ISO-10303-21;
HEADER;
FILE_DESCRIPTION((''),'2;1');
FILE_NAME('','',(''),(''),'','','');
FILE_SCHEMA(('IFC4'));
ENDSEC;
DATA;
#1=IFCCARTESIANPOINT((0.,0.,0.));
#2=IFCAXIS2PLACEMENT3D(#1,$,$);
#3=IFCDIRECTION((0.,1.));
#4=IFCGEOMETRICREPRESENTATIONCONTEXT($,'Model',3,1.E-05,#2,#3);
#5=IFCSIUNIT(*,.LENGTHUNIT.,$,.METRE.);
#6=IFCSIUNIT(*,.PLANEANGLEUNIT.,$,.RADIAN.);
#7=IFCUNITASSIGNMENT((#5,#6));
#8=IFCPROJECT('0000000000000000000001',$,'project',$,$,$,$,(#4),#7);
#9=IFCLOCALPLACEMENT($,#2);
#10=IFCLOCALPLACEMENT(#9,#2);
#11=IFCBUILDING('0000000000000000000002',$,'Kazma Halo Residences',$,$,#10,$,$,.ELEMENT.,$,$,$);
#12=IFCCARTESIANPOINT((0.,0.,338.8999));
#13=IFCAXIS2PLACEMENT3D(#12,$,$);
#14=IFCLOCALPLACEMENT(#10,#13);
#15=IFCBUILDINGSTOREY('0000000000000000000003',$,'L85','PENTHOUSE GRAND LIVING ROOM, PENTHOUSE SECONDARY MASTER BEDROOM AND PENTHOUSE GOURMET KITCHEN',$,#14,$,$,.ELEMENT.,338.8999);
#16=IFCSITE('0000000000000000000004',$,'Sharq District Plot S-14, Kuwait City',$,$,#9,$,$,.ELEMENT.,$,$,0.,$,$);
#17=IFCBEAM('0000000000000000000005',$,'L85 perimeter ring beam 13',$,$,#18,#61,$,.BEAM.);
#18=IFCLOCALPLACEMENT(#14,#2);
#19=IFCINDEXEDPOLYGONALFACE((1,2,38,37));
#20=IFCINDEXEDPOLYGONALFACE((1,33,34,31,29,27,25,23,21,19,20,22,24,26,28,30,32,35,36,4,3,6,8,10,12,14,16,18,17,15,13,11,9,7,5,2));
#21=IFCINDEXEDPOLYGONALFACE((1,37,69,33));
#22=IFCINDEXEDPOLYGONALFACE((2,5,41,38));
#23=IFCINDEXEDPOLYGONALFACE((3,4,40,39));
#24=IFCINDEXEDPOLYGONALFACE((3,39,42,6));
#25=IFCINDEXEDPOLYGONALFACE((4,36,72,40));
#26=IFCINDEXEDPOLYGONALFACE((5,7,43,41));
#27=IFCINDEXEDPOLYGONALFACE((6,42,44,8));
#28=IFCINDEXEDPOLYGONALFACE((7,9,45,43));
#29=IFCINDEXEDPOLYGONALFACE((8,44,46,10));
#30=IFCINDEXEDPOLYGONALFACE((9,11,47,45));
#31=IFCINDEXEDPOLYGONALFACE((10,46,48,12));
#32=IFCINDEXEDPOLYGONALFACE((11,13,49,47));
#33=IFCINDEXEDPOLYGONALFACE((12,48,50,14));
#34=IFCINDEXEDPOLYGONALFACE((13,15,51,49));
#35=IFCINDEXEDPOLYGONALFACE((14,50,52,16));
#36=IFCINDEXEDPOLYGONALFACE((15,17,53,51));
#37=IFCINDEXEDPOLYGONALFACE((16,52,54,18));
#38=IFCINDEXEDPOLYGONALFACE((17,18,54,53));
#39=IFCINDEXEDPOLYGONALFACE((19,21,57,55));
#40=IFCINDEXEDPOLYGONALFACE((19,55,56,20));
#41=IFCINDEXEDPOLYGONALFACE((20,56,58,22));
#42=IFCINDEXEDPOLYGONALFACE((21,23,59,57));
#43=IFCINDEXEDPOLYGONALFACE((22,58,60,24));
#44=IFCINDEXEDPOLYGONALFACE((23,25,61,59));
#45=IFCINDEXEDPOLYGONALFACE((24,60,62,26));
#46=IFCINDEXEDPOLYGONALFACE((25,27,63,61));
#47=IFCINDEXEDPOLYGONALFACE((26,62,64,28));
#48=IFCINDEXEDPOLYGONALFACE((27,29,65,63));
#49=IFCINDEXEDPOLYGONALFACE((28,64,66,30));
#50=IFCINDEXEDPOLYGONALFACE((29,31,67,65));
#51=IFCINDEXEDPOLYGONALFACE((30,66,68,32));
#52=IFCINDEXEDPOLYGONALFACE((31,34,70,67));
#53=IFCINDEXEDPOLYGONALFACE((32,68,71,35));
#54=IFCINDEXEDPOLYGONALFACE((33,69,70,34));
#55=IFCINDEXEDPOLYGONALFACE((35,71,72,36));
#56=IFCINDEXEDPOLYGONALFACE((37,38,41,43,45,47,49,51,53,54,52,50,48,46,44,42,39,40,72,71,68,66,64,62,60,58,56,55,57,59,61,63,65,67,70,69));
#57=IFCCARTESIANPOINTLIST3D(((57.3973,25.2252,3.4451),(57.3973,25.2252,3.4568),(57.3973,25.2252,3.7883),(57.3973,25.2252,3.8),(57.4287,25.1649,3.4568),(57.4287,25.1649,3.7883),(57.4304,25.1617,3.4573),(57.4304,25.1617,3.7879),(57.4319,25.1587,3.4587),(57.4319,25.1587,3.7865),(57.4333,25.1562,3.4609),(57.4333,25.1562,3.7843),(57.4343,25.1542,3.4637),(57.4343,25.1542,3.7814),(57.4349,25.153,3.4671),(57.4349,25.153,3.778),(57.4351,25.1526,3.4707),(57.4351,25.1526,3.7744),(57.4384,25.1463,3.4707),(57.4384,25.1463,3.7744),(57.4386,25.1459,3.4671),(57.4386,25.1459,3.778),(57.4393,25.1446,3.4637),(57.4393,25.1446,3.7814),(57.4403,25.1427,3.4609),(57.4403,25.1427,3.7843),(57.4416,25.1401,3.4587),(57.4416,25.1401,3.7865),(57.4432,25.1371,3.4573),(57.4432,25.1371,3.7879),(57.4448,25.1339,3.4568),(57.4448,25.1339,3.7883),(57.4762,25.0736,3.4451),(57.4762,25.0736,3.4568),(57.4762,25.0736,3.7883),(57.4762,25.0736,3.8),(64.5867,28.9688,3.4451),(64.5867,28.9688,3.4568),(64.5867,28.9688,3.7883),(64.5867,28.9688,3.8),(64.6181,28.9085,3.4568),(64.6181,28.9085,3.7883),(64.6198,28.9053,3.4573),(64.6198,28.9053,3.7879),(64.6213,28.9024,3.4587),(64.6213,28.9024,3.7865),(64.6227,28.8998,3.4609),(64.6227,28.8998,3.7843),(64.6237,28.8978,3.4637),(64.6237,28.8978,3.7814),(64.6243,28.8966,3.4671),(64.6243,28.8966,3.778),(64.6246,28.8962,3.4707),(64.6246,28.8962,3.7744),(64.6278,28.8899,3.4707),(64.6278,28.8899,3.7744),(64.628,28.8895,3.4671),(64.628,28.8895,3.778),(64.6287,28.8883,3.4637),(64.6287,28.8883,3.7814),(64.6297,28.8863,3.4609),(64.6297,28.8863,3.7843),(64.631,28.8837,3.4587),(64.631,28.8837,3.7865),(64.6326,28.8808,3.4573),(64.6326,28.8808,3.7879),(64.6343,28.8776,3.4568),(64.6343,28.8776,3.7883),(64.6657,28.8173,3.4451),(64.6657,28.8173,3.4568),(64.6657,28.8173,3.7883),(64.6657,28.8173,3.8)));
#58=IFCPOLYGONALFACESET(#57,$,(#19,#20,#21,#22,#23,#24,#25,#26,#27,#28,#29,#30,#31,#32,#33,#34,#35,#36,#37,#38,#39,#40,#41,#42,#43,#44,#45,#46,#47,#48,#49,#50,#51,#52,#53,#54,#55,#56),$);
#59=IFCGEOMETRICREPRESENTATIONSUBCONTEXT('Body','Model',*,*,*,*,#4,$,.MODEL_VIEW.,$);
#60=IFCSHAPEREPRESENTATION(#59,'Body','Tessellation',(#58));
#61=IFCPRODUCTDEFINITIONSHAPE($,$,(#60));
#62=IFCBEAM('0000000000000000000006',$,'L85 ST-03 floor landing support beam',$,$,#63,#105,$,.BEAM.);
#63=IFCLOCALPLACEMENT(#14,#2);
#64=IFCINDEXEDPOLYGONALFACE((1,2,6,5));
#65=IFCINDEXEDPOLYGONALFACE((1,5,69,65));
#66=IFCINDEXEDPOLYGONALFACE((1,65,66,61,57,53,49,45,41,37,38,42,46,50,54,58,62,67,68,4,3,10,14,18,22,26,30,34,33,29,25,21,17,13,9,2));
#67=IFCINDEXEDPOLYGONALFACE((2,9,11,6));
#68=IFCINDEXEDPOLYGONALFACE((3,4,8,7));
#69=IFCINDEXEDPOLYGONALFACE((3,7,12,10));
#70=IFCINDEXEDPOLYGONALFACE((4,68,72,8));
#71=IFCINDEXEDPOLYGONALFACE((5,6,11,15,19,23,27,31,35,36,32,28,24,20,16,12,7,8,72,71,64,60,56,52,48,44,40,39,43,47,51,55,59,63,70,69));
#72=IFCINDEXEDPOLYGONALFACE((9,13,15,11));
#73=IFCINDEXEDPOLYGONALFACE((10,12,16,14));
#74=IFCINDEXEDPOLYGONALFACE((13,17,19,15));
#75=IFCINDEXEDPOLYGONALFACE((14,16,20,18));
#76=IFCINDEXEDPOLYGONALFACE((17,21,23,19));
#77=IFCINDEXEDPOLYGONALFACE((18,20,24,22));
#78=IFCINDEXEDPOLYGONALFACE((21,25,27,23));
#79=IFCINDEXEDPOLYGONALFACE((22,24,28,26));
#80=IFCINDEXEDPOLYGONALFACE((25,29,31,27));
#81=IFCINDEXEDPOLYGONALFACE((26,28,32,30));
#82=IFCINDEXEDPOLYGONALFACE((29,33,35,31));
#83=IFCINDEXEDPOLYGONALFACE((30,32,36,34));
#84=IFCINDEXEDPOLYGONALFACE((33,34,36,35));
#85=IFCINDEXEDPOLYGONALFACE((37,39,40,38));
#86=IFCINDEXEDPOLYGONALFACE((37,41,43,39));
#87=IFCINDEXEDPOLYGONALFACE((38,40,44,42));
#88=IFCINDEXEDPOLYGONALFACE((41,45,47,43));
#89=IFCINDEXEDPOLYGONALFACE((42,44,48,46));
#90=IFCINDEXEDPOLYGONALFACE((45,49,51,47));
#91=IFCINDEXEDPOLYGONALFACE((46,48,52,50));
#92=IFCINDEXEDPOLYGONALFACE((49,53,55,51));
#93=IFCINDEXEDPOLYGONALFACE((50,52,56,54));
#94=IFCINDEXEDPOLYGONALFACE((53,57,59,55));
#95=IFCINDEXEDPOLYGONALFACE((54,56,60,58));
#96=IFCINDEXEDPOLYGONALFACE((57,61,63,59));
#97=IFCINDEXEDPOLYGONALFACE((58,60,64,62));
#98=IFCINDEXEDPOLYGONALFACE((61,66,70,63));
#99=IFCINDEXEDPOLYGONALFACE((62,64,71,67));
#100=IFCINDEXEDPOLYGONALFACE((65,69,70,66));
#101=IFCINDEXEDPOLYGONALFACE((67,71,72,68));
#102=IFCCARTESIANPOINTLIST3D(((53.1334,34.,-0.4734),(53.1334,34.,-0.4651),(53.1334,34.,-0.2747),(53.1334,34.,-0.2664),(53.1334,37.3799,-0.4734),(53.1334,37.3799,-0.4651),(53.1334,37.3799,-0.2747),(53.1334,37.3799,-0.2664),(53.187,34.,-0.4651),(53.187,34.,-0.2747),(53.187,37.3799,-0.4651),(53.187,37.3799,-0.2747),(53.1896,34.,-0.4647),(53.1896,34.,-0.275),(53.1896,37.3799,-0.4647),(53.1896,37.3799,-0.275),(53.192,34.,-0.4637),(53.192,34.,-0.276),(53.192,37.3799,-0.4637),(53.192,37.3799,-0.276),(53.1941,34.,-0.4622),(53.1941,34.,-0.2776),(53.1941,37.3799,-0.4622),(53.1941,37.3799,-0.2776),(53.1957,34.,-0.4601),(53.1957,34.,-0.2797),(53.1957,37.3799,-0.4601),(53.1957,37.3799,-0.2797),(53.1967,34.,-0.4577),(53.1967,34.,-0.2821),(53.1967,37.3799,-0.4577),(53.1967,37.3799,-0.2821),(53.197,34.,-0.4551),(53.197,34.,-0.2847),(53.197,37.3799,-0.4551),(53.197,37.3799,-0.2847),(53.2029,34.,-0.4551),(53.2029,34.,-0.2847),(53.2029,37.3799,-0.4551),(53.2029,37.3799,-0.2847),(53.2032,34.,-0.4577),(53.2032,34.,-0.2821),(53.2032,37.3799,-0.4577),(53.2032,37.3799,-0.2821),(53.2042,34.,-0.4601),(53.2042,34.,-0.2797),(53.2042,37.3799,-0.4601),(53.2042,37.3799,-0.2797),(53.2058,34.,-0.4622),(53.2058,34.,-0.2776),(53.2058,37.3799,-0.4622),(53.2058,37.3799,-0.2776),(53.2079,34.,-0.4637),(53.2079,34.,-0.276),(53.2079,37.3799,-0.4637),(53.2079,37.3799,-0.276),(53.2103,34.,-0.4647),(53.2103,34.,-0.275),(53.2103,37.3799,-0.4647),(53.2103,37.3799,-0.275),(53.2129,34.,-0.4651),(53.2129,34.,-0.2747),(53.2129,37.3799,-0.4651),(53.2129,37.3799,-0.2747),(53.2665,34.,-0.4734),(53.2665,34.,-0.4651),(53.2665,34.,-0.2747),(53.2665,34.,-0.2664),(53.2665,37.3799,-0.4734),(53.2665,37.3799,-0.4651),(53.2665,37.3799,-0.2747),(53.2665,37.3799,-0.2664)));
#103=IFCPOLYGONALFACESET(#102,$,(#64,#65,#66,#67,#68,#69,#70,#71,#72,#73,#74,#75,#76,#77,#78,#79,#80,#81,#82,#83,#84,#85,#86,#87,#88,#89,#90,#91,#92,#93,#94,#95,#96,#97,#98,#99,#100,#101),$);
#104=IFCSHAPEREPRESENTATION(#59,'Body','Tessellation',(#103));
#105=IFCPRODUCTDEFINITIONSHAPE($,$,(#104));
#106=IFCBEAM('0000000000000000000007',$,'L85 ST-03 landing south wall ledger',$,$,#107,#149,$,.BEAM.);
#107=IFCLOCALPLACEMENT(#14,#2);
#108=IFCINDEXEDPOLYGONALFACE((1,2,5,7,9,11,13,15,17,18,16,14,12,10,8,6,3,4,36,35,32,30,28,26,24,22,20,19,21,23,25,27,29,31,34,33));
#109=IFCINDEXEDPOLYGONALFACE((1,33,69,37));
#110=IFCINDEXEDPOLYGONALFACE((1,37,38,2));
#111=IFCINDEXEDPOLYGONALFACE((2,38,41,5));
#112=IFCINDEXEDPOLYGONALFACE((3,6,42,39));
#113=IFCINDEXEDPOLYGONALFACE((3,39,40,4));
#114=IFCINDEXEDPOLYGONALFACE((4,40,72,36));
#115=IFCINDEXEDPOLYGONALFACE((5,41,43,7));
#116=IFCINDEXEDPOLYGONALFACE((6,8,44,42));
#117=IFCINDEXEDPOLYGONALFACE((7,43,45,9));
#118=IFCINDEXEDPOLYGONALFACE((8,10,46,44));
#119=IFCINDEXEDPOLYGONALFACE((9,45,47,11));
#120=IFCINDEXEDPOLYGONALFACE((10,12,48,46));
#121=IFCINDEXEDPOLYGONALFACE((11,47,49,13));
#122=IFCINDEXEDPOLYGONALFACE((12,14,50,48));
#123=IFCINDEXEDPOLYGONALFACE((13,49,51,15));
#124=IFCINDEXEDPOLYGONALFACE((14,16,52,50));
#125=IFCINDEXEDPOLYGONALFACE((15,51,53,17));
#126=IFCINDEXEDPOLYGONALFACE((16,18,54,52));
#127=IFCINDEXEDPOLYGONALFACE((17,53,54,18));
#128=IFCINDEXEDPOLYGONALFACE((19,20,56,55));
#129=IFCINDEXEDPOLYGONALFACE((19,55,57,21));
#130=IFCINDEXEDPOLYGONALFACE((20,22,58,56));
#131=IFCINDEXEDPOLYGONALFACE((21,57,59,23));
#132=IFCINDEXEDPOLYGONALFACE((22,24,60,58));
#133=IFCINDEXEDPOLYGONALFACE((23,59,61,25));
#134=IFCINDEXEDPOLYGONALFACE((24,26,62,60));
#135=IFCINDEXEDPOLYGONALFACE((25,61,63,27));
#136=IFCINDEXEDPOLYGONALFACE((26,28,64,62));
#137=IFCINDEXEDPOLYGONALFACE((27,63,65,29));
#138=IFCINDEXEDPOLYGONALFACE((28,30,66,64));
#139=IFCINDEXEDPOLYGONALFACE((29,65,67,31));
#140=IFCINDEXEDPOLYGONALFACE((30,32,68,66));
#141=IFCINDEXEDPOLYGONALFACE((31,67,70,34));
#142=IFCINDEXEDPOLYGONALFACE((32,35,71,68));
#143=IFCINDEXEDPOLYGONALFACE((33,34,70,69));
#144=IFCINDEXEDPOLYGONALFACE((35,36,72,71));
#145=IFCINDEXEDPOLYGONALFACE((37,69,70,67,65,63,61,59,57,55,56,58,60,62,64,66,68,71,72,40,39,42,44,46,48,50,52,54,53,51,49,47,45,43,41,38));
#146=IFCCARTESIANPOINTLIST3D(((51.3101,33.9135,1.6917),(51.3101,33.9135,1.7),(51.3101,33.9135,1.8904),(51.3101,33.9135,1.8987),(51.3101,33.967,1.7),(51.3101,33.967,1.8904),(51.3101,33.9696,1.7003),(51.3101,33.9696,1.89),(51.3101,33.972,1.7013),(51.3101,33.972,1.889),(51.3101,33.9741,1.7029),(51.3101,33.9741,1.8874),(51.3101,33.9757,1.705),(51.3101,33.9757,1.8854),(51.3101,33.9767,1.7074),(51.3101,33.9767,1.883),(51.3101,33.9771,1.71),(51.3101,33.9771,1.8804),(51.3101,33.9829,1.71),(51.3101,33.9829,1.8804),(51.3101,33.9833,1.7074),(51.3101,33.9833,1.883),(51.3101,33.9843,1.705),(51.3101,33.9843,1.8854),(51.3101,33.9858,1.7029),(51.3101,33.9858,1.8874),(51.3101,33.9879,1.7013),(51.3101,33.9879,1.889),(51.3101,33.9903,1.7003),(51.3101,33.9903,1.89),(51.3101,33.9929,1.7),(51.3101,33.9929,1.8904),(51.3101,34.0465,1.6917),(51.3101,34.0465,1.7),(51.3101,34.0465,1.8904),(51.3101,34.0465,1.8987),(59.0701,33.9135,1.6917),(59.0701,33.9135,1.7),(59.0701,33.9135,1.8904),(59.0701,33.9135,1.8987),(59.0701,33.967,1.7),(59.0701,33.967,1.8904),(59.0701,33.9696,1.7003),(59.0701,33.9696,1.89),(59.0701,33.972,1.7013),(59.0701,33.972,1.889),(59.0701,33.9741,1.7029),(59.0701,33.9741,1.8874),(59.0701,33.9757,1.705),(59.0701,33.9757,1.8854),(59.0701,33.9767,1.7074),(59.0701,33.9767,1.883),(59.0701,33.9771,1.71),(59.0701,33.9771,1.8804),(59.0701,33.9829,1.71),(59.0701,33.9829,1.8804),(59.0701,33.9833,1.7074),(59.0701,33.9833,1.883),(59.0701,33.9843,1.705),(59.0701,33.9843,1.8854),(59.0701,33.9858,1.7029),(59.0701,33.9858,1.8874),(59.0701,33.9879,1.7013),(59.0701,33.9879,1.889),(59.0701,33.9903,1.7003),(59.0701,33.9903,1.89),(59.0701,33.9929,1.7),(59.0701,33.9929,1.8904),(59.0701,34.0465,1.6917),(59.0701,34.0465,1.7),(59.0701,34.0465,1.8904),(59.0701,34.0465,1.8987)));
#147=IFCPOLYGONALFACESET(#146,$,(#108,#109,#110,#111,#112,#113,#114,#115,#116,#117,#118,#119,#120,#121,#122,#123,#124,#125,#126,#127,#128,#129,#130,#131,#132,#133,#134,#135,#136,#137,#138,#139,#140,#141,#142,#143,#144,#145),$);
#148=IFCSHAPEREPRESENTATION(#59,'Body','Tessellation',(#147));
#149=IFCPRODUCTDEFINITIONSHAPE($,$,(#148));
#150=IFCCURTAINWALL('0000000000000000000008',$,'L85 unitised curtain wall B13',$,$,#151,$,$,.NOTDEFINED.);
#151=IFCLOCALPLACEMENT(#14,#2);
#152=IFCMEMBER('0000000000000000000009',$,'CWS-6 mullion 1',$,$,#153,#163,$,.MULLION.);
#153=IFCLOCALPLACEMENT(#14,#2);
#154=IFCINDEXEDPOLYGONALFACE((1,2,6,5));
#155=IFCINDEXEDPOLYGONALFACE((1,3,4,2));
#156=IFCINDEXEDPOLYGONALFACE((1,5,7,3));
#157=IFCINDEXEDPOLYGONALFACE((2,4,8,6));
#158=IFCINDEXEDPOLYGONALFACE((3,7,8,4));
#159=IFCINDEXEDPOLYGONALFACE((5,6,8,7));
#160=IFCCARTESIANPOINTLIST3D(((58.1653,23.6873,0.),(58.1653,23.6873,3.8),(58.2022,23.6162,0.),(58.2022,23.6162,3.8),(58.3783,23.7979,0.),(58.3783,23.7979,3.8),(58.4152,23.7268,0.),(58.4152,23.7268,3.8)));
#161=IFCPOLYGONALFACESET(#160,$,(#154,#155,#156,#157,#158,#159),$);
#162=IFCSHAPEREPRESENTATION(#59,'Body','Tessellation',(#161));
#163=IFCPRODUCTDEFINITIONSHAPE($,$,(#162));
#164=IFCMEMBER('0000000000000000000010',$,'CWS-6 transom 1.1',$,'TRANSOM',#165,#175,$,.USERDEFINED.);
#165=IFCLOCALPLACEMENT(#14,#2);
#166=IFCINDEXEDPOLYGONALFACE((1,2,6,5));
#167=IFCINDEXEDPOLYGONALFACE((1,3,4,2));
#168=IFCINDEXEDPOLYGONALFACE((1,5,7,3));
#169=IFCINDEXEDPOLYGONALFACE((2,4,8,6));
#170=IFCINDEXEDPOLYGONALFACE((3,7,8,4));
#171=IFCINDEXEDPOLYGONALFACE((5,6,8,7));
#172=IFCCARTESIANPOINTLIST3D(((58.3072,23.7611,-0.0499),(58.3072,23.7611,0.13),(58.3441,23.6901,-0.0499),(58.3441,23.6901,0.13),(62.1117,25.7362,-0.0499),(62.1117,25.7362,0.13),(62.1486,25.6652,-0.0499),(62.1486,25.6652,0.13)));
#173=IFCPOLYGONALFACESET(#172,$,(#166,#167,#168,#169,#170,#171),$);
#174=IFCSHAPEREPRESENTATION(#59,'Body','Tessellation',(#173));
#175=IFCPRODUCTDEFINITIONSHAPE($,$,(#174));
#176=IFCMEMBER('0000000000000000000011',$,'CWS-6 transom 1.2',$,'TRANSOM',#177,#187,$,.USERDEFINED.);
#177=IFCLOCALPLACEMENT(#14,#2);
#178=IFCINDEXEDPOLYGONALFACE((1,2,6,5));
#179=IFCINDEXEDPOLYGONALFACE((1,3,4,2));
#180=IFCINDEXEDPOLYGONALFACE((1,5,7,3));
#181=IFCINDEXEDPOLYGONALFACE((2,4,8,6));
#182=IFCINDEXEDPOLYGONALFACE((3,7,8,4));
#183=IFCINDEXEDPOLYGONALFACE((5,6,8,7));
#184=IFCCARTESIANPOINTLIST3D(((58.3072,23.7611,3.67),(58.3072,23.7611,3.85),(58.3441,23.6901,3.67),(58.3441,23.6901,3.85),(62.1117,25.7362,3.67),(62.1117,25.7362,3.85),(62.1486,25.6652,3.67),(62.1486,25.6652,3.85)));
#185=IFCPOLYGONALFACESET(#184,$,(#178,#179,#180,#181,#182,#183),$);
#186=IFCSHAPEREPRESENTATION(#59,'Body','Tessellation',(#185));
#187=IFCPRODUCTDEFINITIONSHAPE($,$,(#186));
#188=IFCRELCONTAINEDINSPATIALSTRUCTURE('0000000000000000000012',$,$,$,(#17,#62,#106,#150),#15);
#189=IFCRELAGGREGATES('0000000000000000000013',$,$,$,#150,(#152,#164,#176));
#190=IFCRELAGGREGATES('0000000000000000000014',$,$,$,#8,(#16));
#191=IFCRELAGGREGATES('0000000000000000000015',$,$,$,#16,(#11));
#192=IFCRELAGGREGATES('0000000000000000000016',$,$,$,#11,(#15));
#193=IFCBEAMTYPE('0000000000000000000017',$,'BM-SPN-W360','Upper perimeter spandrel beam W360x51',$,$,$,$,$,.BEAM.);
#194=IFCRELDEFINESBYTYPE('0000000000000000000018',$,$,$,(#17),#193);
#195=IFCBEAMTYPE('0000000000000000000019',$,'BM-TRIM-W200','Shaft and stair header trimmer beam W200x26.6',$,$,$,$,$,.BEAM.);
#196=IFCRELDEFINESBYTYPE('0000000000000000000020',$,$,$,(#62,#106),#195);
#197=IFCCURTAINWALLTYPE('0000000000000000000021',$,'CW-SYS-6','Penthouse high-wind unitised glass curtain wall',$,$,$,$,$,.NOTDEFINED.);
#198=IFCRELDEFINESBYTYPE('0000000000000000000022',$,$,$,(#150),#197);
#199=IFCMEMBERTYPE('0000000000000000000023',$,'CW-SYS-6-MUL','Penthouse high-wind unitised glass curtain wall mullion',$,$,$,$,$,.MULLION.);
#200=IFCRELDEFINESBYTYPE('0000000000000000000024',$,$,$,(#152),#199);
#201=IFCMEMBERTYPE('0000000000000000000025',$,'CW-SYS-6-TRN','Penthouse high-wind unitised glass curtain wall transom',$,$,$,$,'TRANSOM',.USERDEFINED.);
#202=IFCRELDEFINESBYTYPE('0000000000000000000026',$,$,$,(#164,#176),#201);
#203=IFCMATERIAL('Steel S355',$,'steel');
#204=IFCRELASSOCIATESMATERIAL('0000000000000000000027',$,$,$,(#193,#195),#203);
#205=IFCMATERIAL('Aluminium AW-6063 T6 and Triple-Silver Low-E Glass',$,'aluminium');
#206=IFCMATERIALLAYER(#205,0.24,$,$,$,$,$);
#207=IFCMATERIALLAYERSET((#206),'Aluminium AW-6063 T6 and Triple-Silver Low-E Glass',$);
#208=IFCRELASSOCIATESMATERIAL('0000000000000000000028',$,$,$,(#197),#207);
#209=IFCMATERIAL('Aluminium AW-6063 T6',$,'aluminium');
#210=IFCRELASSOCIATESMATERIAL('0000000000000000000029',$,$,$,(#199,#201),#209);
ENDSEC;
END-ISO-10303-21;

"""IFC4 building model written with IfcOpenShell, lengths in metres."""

from ifc_helpers import new_model, si_unit, direction, frame, origin, origin_2d, place, context, subcontext, project, spatial, rectangle, i_section, extrude, material, layer, layer_set, material_profile, profile_set, type_object, element, aggregate, save


model = new_model("IFC4")

# Units and contexts
model_context = context("Model", 3, precision=1e-05, world=origin(), true_north=direction((0.0, 1.0)))
body_context = subcontext(model_context, "Body", "Model", "MODEL_VIEW")
ifc_project = project(units=[si_unit("LENGTHUNIT", "METRE"), si_unit("PLANEANGLEUNIT", "RADIAN")], contexts=[model_context])

# Site, building, storey
site_placement = place(None, origin())
site = spatial("IfcSite", under=ifc_project, at=site_placement, Name="Sharq District Plot S-14, Kuwait City", CompositionType="ELEMENT", RefElevation=0.0)
building_placement = place(site_placement, origin())
building = spatial("IfcBuilding", under=site, at=building_placement, Name="Kazma Halo Residences", CompositionType="ELEMENT")
storey_placement = place(building_placement, frame((0.0, 0.0, 338.8999)))
storey = spatial("IfcBuildingStorey", under=building, at=storey_placement, Name="L85", Description="PENTHOUSE GRAND LIVING ROOM, PENTHOUSE SECONDARY MASTER BEDROOM AND PENTHOUSE GOURMET KITCHEN", CompositionType="ELEMENT", Elevation=338.8999)

# Beams
ifc_material_1 = material(Name="Steel S355", Category="steel")
ifc_material_profile_1 = material_profile(ifc_material_1, i_section(OverallWidth=0.1709, OverallDepth=0.355, WebThickness=0.0071, FlangeThickness=0.0117, FilletRadius=0.0139, at=origin_2d()), Name="W360x51")
ifc_profile_set_1 = profile_set([ifc_material_profile_1], Name="Steel S355")
beam_type_1 = type_object("IfcBeamType", Name="BM-SPN-W360", Description="Upper perimeter spandrel beam W360x51", PredefinedType="BEAM", material=ifc_profile_set_1)
beam_1_placement = place(storey_placement, frame((57.4368, 25.1494, 3.6226), z_axis=(0.886957, 0.461851, 0.0), x_axis=(-0.461851, 0.886957, 0.0)))
element("IfcBeam", 1, at=beam_1_placement, inside=storey, type_object=beam_type_1, Name="L85 perimeter ring beam 13", PredefinedType="BEAM", context=body_context, shape_type="SweptSolid", body=[
    extrude(i_section(OverallWidth=0.1709, OverallDepth=0.355, WebThickness=0.0071, FlangeThickness=0.0117, FilletRadius=0.0139, at=origin_2d()), origin(), (0.0, 0.0, 1.0), 8.1057),
])
ifc_material_profile_2 = material_profile(ifc_material_1, i_section(OverallWidth=0.1331, OverallDepth=0.207, WebThickness=0.0059, FlangeThickness=0.0083, FilletRadius=0.01, at=origin_2d()), Name="W200x26.6")
ifc_profile_set_2 = profile_set([ifc_material_profile_2], Name="Steel S355")
beam_type_2 = type_object("IfcBeamType", Name="BM-TRIM-W200", Description="Shaft and stair header trimmer beam W200x26.6", PredefinedType="BEAM", material=ifc_profile_set_2)
beam_2_placement = place(storey_placement, frame((53.2, 34.0, -0.3699), z_axis=(0.0, 1.0, 0.0), x_axis=(-1.0, 0.0, 0.0)))
element("IfcBeam", 2, at=beam_2_placement, inside=storey, type_object=beam_type_2, Name="L85 ST-03 floor landing support beam", PredefinedType="BEAM", context=body_context, shape_type="SweptSolid", body=[
    extrude(i_section(OverallWidth=0.1331, OverallDepth=0.207, WebThickness=0.0059, FlangeThickness=0.0083, FilletRadius=0.01, at=origin_2d()), origin(), (0.0, 0.0, 1.0), 3.3799),
])
beam_3_placement = place(storey_placement, frame((51.3101, 33.98, 1.7952), z_axis=(1.0, 0.0, 0.0), x_axis=(0.0, 1.0, 0.0)))
element("IfcBeam", 3, at=beam_3_placement, inside=storey, type_object=beam_type_2, Name="L85 ST-03 landing south wall ledger", PredefinedType="BEAM", context=body_context, shape_type="SweptSolid", body=[
    extrude(i_section(OverallWidth=0.1331, OverallDepth=0.207, WebThickness=0.0059, FlangeThickness=0.0083, FilletRadius=0.01, at=origin_2d()), origin(), (0.0, 0.0, 1.0), 7.76),
])

# Curtain wall, members
ifc_material_2 = material(Name="Aluminium AW-6063 T6 and Triple-Silver Low-E Glass", Category="aluminium")
ifc_layer_1 = layer(ifc_material_2, 0.24)
ifc_layer_set_1 = layer_set([ifc_layer_1], Name="Aluminium AW-6063 T6 and Triple-Silver Low-E Glass")
curtain_wall_type = type_object("IfcCurtainWallType", Name="CW-SYS-6", Description="Penthouse high-wind unitised glass curtain wall", PredefinedType="NOTDEFINED", material=ifc_layer_set_1)
curtain_wall_placement = place(storey_placement, origin())
curtain_wall = element("IfcCurtainWall", 4, at=curtain_wall_placement, inside=storey, type_object=curtain_wall_type, Name="L85 unitised curtain wall B13", PredefinedType="NOTDEFINED")
ifc_material_3 = material(Name="Aluminium AW-6063 T6", Category="aluminium")
ifc_material_profile_3 = material_profile(ifc_material_3, rectangle(XDim=0.0801, YDim=0.24, at=origin_2d()), Name="CWM-80x240")
ifc_profile_set_3 = profile_set([ifc_material_profile_3], Name="Aluminium AW-6063 T6")
member_type_1 = type_object("IfcMemberType", Name="CW-SYS-6-MUL", Description="Penthouse high-wind unitised glass curtain wall mullion", PredefinedType="MULLION", material=ifc_profile_set_3)
member_1_placement = place(storey_placement, frame((58.2903, 23.707, 0.0), z_axis=(0.0, 0.0, 1.0), x_axis=(-0.460796, 0.887506, 0.0)))
member_1 = element("IfcMember", 5, at=member_1_placement, type_object=member_type_1, Name="CWS-6 mullion 1", PredefinedType="MULLION", context=body_context, shape_type="SweptSolid", body=[
    extrude(rectangle(XDim=0.0801, YDim=0.24, at=origin_2d()), origin(), (0.0, 0.0, 1.0), 3.8),
])
ifc_material_profile_4 = material_profile(ifc_material_3, rectangle(XDim=0.0801, YDim=0.1799, at=origin_2d()), Name="CWT-80x180")
ifc_profile_set_4 = profile_set([ifc_material_profile_4], Name="Aluminium AW-6063 T6")
member_type_2 = type_object("IfcMemberType", Name="CW-SYS-6-TRN", Description="Penthouse high-wind unitised glass curtain wall transom", ElementType="TRANSOM", PredefinedType="USERDEFINED", material=ifc_profile_set_4)
member_2_placement = place(storey_placement, frame((58.3257, 23.7256, 0.04), z_axis=(0.887523, 0.460763, 0.0), x_axis=(-0.460763, 0.887523, 0.0)))
member_2 = element("IfcMember", 6, at=member_2_placement, type_object=member_type_2, Name="CWS-6 transom 1.1", ObjectType="TRANSOM", PredefinedType="USERDEFINED", context=body_context, shape_type="SweptSolid", body=[
    extrude(rectangle(XDim=0.0801, YDim=0.1799, at=origin_2d()), origin(), (0.0, 0.0, 1.0), 4.2866),
])
member_3_placement = place(storey_placement, frame((58.3257, 23.7256, 3.76), z_axis=(0.887523, 0.460763, 0.0), x_axis=(-0.460763, 0.887523, 0.0)))
member_3 = element("IfcMember", 7, at=member_3_placement, type_object=member_type_2, Name="CWS-6 transom 1.2", ObjectType="TRANSOM", PredefinedType="USERDEFINED", context=body_context, shape_type="SweptSolid", body=[
    extrude(rectangle(XDim=0.0801, YDim=0.1799, at=origin_2d()), origin(), (0.0, 0.0, 1.0), 4.2866),
])
aggregate(curtain_wall, [member_1, member_2, member_3])

save(model, "model.ifc")
